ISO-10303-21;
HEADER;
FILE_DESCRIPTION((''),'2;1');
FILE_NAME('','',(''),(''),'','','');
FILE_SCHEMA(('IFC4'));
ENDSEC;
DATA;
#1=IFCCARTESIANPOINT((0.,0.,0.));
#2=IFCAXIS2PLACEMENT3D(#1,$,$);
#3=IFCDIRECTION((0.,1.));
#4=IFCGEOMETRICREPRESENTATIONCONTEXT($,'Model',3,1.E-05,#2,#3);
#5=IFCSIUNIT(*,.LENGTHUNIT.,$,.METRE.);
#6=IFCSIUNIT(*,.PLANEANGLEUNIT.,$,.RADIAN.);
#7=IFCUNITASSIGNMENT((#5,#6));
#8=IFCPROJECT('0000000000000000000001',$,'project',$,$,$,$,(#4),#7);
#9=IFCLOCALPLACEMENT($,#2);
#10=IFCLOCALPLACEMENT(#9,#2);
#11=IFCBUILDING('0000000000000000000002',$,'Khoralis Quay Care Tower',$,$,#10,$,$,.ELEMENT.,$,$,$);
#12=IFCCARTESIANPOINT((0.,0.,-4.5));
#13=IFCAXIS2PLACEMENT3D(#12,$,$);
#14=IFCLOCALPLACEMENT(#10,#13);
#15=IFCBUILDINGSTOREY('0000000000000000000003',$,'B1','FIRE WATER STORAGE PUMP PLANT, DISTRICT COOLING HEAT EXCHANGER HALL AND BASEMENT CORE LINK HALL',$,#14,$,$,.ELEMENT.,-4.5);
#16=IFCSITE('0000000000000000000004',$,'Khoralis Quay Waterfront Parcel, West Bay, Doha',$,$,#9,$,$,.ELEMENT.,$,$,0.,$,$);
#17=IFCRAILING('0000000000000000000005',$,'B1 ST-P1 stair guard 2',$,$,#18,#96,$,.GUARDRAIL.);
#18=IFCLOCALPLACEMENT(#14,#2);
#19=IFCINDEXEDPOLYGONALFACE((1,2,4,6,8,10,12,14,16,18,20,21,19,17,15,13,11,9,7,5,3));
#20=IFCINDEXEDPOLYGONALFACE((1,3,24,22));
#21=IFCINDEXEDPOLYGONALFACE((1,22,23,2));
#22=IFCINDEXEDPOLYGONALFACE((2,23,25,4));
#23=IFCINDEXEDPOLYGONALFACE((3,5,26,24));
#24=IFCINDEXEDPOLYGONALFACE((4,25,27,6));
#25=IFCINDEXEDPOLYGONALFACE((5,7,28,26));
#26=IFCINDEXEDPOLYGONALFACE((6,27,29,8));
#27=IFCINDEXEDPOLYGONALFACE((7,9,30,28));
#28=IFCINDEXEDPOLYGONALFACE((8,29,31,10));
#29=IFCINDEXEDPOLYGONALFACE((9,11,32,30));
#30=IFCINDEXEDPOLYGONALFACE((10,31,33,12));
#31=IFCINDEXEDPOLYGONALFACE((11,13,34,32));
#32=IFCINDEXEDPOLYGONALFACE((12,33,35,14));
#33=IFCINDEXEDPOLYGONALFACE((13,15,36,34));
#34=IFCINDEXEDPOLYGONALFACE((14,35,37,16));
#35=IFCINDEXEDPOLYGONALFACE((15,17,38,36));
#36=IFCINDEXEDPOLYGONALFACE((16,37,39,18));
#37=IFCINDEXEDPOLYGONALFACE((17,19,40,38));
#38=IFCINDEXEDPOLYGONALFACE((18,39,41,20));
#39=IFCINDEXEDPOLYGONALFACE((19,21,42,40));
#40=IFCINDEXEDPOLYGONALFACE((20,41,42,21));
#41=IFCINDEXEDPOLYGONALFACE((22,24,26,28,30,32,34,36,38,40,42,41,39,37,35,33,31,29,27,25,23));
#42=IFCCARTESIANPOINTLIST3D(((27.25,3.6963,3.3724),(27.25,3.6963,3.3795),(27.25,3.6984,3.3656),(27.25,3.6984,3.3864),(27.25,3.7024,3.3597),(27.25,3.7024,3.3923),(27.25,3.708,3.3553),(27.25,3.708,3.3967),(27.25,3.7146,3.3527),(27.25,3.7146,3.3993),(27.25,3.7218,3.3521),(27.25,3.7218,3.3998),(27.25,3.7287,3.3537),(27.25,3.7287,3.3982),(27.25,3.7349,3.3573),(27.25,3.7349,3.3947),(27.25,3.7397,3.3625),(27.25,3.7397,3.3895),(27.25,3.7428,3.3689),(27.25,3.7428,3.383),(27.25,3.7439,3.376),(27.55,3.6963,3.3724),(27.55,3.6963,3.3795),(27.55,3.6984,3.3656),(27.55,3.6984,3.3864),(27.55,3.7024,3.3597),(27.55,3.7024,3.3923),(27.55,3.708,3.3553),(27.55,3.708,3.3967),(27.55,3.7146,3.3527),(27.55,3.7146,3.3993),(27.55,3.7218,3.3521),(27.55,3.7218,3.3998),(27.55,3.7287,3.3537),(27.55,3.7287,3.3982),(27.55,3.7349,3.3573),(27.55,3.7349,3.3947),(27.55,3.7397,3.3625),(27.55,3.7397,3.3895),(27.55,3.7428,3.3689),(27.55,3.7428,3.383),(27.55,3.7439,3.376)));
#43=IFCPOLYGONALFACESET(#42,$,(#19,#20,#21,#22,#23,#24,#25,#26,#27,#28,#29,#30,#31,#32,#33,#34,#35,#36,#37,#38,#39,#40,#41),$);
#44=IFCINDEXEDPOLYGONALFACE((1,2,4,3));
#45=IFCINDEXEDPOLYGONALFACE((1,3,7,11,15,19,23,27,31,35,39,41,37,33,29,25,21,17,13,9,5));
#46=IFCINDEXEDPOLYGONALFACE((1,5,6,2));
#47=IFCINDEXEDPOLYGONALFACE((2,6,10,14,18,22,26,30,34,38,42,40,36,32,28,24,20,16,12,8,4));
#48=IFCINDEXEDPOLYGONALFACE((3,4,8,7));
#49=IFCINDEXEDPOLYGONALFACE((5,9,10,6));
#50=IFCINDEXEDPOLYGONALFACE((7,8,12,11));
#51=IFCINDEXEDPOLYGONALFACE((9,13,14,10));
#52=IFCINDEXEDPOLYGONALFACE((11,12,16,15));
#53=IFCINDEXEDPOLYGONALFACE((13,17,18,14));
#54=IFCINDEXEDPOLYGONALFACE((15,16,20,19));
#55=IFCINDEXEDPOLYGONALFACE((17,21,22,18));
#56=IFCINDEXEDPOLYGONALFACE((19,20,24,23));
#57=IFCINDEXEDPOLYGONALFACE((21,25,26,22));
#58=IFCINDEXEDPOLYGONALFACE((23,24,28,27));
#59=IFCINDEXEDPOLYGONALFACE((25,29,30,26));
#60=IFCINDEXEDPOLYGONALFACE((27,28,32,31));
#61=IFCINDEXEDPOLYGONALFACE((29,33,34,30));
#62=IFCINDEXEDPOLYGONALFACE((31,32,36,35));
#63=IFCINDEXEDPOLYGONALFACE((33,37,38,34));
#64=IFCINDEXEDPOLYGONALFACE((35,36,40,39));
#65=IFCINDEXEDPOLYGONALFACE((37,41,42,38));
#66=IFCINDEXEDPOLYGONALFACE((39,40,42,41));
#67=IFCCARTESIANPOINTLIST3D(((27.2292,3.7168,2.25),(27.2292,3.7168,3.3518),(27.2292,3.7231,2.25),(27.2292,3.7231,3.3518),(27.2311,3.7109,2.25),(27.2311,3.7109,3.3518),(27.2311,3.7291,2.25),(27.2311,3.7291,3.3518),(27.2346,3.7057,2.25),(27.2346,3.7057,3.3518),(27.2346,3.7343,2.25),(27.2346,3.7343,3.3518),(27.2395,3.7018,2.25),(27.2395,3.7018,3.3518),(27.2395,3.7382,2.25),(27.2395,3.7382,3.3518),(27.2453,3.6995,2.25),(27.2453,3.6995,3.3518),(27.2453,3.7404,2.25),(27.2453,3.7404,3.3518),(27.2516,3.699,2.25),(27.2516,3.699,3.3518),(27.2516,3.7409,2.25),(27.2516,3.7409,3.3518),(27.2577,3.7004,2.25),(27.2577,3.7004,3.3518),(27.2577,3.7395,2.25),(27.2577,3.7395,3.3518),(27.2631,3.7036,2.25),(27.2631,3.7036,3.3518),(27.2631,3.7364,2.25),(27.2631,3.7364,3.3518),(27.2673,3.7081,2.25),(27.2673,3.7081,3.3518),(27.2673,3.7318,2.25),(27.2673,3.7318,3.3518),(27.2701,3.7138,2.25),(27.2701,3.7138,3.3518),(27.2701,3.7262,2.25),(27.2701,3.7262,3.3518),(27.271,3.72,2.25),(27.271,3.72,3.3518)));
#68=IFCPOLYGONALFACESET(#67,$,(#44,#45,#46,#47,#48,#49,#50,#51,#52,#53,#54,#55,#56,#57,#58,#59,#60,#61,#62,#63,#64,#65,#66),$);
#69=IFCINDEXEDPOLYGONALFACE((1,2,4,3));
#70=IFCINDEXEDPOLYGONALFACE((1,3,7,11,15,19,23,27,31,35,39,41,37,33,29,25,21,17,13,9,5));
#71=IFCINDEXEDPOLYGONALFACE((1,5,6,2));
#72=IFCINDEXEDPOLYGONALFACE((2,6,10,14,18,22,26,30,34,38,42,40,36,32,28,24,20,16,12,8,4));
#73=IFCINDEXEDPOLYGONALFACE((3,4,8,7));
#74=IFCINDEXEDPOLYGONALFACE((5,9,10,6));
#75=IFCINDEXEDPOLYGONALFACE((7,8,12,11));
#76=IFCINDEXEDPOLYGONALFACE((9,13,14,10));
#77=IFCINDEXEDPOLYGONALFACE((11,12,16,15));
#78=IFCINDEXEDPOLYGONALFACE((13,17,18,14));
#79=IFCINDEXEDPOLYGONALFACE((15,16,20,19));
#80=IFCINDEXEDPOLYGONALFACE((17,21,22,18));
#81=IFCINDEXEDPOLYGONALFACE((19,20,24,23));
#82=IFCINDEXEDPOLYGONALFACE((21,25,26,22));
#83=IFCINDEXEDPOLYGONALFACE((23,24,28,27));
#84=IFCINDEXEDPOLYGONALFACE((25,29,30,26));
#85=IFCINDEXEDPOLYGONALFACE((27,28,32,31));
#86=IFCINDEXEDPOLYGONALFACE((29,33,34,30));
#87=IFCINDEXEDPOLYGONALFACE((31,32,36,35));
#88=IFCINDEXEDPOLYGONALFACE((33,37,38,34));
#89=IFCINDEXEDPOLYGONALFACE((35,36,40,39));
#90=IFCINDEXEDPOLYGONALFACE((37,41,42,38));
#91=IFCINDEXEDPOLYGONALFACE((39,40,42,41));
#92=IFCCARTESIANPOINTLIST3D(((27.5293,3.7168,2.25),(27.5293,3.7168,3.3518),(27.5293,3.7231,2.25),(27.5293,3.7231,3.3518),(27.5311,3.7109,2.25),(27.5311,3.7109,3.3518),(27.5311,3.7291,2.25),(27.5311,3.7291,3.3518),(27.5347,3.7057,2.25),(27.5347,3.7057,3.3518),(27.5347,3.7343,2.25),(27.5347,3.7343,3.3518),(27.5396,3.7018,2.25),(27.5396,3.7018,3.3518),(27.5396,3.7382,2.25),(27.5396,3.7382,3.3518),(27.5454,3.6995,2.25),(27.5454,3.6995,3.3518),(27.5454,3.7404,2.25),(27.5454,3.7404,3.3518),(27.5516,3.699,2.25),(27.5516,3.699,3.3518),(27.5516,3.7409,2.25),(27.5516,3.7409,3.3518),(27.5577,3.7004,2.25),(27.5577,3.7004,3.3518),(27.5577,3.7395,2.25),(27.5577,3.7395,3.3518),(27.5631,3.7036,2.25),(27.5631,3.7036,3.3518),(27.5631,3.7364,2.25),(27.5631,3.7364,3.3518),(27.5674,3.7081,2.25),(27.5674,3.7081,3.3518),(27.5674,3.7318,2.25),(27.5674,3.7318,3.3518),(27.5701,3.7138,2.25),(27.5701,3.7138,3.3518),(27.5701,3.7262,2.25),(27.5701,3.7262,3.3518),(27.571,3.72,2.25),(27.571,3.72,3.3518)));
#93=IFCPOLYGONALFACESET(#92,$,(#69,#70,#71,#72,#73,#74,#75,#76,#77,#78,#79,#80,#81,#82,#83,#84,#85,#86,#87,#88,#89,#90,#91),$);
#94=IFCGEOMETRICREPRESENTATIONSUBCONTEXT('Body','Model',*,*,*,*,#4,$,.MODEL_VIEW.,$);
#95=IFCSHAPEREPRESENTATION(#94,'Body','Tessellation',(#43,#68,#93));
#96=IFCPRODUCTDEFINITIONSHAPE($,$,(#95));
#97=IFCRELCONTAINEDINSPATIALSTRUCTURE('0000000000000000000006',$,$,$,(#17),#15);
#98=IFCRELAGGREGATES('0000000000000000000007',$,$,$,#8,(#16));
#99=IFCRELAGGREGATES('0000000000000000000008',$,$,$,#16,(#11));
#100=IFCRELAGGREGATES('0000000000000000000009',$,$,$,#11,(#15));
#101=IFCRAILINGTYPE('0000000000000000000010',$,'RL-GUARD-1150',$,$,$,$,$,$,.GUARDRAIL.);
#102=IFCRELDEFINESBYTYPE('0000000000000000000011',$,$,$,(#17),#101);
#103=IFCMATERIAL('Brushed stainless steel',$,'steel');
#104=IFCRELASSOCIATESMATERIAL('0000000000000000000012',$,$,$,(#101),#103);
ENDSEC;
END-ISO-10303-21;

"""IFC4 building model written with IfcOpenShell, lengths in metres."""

from ifc_helpers import new_model, si_unit, direction, frame, origin, origin_2d, place, context, subcontext, project, spatial, circle, extrude, material, type_object, element, save


model = new_model("IFC4")

# Units and contexts
model_context = context("Model", 3, precision=1e-05, world=origin(), true_north=direction((0.0, 1.0)))
body_context = subcontext(model_context, "Body", "Model", "MODEL_VIEW")
ifc_project = project(units=[si_unit("LENGTHUNIT", "METRE"), si_unit("PLANEANGLEUNIT", "RADIAN")], contexts=[model_context])

# Site, building, storey
site_placement = place(None, origin())
site = spatial("IfcSite", under=ifc_project, at=site_placement, Name="Khoralis Quay Waterfront Parcel, West Bay, Doha", CompositionType="ELEMENT", RefElevation=0.0)
building_placement = place(site_placement, origin())
building = spatial("IfcBuilding", under=site, at=building_placement, Name="Khoralis Quay Care Tower", CompositionType="ELEMENT")
storey_placement = place(building_placement, frame((0.0, 0.0, -4.5)))
storey = spatial("IfcBuildingStorey", under=building, at=storey_placement, Name="B1", Description="FIRE WATER STORAGE PUMP PLANT, DISTRICT COOLING HEAT EXCHANGER HALL AND BASEMENT CORE LINK HALL", CompositionType="ELEMENT", Elevation=-4.5)

# Railing
ifc_material_1 = material(Name="Brushed stainless steel", Category="steel")
railing_type_1 = type_object("IfcRailingType", Name="RL-GUARD-1150", PredefinedType="GUARDRAIL", material=ifc_material_1)
railing_1_placement = place(storey_placement, frame((27.25, 3.72, 2.25)))
element("IfcRailing", 1, at=railing_1_placement, inside=storey, type_object=railing_type_1, Name="B1 ST-P1 stair guard 2", PredefinedType="GUARDRAIL", context=body_context, shape_type="SweptSolid", body=[
    extrude(circle(Radius=0.0239, at=origin_2d()), frame((0.0, 0.0, 1.126), z_axis=(1.0, 0.0, 0.0), x_axis=(0.0, 1.0, 0.0)), (0.0, 0.0, 1.0), 0.3),
    extrude(circle(Radius=0.021, at=origin_2d()), origin(), (0.0, 0.0, 1.0), 1.1018),
    extrude(circle(Radius=0.021, at=origin_2d()), frame((0.3, 0.0, 0.0)), (0.0, 0.0, 1.0), 1.1018),
])

save(model, "model.ifc")
